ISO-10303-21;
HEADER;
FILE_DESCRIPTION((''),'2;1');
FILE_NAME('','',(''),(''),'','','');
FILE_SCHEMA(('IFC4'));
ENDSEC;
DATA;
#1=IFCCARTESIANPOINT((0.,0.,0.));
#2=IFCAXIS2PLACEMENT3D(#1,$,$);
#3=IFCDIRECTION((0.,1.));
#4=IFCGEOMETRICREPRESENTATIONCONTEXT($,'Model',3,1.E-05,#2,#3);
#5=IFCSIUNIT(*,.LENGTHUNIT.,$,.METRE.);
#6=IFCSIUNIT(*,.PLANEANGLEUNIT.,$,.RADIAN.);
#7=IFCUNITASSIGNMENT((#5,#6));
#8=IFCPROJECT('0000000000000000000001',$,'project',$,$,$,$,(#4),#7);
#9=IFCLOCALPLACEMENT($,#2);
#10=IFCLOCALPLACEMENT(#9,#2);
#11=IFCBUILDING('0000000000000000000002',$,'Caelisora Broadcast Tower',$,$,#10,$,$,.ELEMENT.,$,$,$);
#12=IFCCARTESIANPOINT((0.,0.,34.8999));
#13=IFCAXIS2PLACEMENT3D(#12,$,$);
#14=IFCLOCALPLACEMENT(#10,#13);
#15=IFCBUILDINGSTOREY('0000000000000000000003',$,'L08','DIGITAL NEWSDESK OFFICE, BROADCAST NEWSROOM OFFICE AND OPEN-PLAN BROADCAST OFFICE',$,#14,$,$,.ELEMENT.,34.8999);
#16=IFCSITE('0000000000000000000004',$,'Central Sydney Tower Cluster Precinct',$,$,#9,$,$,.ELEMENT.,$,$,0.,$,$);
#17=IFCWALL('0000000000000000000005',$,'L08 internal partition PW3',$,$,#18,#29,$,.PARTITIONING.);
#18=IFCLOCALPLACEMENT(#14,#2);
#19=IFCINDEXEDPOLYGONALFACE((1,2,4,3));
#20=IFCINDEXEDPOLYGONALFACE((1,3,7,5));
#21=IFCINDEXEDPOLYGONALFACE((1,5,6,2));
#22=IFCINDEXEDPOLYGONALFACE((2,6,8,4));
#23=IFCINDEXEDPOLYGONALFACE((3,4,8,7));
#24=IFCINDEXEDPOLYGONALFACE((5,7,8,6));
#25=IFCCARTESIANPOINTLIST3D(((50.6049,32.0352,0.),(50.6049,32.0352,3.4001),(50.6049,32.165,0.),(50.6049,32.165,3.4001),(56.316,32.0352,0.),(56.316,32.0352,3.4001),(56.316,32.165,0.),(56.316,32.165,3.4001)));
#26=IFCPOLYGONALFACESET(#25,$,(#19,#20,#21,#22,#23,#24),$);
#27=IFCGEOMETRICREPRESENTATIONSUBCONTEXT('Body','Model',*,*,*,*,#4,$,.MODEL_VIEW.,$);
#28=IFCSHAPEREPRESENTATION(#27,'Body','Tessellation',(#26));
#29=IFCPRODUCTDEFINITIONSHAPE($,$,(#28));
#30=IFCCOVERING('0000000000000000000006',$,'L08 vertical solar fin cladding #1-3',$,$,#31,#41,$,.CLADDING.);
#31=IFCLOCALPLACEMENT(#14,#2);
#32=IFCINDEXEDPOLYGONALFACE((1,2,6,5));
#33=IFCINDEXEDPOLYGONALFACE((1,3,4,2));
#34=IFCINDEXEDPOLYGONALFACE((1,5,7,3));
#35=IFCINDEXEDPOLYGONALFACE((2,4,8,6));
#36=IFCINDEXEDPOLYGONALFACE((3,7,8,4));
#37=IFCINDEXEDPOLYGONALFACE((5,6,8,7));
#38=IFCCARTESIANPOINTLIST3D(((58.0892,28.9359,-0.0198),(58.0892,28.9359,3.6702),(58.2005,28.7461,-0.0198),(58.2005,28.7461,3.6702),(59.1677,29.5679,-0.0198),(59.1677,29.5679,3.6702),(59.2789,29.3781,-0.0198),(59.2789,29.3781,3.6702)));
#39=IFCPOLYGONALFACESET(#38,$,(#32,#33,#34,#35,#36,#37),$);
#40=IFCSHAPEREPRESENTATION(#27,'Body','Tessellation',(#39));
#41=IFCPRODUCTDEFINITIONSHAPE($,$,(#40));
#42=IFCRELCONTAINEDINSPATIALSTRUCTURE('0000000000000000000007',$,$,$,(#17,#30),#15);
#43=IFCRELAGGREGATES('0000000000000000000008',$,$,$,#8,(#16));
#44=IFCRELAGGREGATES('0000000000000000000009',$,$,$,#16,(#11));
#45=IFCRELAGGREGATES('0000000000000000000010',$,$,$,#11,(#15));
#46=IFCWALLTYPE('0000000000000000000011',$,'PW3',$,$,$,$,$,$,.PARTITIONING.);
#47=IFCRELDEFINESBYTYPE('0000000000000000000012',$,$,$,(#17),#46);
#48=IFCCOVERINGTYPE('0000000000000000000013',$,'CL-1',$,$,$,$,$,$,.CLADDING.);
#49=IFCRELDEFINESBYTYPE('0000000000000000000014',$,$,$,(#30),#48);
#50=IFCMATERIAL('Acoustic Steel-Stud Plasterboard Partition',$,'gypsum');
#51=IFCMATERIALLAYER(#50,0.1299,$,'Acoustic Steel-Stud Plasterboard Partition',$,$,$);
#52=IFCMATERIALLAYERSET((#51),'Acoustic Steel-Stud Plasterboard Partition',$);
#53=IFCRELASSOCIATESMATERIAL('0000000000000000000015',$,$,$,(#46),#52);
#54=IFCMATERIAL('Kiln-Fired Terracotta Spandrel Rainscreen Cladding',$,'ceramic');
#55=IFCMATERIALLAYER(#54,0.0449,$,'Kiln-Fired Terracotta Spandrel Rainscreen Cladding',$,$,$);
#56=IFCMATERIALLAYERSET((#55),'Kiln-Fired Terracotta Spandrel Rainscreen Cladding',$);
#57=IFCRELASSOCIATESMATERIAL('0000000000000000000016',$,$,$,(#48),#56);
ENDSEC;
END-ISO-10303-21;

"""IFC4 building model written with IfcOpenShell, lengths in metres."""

from ifc_helpers import new_model, si_unit, direction, frame, frame_2d, origin, origin_2d, place, context, subcontext, project, spatial, rectangle, extrude, source, transform, mapped, material, layer, layer_set, type_object, type_shapes, element, save


model = new_model("IFC4")

# Units and contexts
model_context = context("Model", 3, precision=1e-05, world=origin(), true_north=direction((0.0, 1.0)))
body_context = subcontext(model_context, "Body", "Model", "MODEL_VIEW")
ifc_project = project(units=[si_unit("LENGTHUNIT", "METRE"), si_unit("PLANEANGLEUNIT", "RADIAN")], contexts=[model_context])

# Site, building, storey
site_placement = place(None, origin())
site = spatial("IfcSite", under=ifc_project, at=site_placement, Name="Central Sydney Tower Cluster Precinct", CompositionType="ELEMENT", RefElevation=0.0)
building_placement = place(site_placement, origin())
building = spatial("IfcBuilding", under=site, at=building_placement, Name="Caelisora Broadcast Tower", CompositionType="ELEMENT")
storey_placement = place(building_placement, frame((0.0, 0.0, 34.8999)))
storey = spatial("IfcBuildingStorey", under=building, at=storey_placement, Name="L08", Description="DIGITAL NEWSDESK OFFICE, BROADCAST NEWSROOM OFFICE AND OPEN-PLAN BROADCAST OFFICE", CompositionType="ELEMENT", Elevation=34.8999)

# Shared definitions
ifc_material_1 = material(Name="Acoustic Steel-Stud Plasterboard Partition", Category="gypsum")
ifc_layer_1 = layer(ifc_material_1, 0.1299, Name="Acoustic Steel-Stud Plasterboard Partition")
ifc_layer_set_1 = layer_set([ifc_layer_1], Name="Acoustic Steel-Stud Plasterboard Partition")
wall_type = type_object("IfcWallType", Name="PW3", PredefinedType="PARTITIONING", material=ifc_layer_set_1)

# Wall
wall_1_placement = place(storey_placement, frame((50.605, 32.1001, 0.0), z_axis=(0.0, 0.0, 1.0), x_axis=(1.0, 0.0, 0.0)))
element("IfcWall", 1, at=wall_1_placement, inside=storey, type_object=wall_type, Name="L08 internal partition PW3", PredefinedType="PARTITIONING", context=body_context, shape_type="SweptSolid", body=[
    extrude(rectangle(XDim=5.7112, YDim=0.1299, at=frame_2d((2.8555, 0.0))), origin(), (0.0, 0.0, 1.0), 3.4001),
])

# Covering
ifc_material_2 = material(Name="Kiln-Fired Terracotta Spandrel Rainscreen Cladding", Category="ceramic")
ifc_layer_2 = layer(ifc_material_2, 0.0449, Name="Kiln-Fired Terracotta Spandrel Rainscreen Cladding")
ifc_layer_set_2 = layer_set([ifc_layer_2], Name="Kiln-Fired Terracotta Spandrel Rainscreen Cladding")
covering_type = type_object("IfcCoveringType", Name="CL-1", PredefinedType="CLADDING", material=ifc_layer_set_2)
shared_shape_1 = source(origin(), body_context, "Body", "SweptSolid", [
    extrude(rectangle(XDim=0.22, YDim=1.25, at=origin_2d()), origin(), (0.0, 0.0, 1.0), 3.6899),
])
type_shapes(covering_type, [shared_shape_1])
covering_placement = place(storey_placement, frame((58.6841, 29.157, -0.0198), z_axis=(0.0, 0.0, 1.0), x_axis=(0.505582, -0.862779, 0.0)))
element("IfcCovering", 2, at=covering_placement, inside=storey, type_object=covering_type, Name="L08 vertical solar fin cladding #1-3", PredefinedType="CLADDING", context=body_context, shape_type="MappedRepresentation", body=[
    mapped(shared_shape_1, transform((0.0, 0.0, 0.0), scale=1.0)),
])

save(model, "model.ifc")
